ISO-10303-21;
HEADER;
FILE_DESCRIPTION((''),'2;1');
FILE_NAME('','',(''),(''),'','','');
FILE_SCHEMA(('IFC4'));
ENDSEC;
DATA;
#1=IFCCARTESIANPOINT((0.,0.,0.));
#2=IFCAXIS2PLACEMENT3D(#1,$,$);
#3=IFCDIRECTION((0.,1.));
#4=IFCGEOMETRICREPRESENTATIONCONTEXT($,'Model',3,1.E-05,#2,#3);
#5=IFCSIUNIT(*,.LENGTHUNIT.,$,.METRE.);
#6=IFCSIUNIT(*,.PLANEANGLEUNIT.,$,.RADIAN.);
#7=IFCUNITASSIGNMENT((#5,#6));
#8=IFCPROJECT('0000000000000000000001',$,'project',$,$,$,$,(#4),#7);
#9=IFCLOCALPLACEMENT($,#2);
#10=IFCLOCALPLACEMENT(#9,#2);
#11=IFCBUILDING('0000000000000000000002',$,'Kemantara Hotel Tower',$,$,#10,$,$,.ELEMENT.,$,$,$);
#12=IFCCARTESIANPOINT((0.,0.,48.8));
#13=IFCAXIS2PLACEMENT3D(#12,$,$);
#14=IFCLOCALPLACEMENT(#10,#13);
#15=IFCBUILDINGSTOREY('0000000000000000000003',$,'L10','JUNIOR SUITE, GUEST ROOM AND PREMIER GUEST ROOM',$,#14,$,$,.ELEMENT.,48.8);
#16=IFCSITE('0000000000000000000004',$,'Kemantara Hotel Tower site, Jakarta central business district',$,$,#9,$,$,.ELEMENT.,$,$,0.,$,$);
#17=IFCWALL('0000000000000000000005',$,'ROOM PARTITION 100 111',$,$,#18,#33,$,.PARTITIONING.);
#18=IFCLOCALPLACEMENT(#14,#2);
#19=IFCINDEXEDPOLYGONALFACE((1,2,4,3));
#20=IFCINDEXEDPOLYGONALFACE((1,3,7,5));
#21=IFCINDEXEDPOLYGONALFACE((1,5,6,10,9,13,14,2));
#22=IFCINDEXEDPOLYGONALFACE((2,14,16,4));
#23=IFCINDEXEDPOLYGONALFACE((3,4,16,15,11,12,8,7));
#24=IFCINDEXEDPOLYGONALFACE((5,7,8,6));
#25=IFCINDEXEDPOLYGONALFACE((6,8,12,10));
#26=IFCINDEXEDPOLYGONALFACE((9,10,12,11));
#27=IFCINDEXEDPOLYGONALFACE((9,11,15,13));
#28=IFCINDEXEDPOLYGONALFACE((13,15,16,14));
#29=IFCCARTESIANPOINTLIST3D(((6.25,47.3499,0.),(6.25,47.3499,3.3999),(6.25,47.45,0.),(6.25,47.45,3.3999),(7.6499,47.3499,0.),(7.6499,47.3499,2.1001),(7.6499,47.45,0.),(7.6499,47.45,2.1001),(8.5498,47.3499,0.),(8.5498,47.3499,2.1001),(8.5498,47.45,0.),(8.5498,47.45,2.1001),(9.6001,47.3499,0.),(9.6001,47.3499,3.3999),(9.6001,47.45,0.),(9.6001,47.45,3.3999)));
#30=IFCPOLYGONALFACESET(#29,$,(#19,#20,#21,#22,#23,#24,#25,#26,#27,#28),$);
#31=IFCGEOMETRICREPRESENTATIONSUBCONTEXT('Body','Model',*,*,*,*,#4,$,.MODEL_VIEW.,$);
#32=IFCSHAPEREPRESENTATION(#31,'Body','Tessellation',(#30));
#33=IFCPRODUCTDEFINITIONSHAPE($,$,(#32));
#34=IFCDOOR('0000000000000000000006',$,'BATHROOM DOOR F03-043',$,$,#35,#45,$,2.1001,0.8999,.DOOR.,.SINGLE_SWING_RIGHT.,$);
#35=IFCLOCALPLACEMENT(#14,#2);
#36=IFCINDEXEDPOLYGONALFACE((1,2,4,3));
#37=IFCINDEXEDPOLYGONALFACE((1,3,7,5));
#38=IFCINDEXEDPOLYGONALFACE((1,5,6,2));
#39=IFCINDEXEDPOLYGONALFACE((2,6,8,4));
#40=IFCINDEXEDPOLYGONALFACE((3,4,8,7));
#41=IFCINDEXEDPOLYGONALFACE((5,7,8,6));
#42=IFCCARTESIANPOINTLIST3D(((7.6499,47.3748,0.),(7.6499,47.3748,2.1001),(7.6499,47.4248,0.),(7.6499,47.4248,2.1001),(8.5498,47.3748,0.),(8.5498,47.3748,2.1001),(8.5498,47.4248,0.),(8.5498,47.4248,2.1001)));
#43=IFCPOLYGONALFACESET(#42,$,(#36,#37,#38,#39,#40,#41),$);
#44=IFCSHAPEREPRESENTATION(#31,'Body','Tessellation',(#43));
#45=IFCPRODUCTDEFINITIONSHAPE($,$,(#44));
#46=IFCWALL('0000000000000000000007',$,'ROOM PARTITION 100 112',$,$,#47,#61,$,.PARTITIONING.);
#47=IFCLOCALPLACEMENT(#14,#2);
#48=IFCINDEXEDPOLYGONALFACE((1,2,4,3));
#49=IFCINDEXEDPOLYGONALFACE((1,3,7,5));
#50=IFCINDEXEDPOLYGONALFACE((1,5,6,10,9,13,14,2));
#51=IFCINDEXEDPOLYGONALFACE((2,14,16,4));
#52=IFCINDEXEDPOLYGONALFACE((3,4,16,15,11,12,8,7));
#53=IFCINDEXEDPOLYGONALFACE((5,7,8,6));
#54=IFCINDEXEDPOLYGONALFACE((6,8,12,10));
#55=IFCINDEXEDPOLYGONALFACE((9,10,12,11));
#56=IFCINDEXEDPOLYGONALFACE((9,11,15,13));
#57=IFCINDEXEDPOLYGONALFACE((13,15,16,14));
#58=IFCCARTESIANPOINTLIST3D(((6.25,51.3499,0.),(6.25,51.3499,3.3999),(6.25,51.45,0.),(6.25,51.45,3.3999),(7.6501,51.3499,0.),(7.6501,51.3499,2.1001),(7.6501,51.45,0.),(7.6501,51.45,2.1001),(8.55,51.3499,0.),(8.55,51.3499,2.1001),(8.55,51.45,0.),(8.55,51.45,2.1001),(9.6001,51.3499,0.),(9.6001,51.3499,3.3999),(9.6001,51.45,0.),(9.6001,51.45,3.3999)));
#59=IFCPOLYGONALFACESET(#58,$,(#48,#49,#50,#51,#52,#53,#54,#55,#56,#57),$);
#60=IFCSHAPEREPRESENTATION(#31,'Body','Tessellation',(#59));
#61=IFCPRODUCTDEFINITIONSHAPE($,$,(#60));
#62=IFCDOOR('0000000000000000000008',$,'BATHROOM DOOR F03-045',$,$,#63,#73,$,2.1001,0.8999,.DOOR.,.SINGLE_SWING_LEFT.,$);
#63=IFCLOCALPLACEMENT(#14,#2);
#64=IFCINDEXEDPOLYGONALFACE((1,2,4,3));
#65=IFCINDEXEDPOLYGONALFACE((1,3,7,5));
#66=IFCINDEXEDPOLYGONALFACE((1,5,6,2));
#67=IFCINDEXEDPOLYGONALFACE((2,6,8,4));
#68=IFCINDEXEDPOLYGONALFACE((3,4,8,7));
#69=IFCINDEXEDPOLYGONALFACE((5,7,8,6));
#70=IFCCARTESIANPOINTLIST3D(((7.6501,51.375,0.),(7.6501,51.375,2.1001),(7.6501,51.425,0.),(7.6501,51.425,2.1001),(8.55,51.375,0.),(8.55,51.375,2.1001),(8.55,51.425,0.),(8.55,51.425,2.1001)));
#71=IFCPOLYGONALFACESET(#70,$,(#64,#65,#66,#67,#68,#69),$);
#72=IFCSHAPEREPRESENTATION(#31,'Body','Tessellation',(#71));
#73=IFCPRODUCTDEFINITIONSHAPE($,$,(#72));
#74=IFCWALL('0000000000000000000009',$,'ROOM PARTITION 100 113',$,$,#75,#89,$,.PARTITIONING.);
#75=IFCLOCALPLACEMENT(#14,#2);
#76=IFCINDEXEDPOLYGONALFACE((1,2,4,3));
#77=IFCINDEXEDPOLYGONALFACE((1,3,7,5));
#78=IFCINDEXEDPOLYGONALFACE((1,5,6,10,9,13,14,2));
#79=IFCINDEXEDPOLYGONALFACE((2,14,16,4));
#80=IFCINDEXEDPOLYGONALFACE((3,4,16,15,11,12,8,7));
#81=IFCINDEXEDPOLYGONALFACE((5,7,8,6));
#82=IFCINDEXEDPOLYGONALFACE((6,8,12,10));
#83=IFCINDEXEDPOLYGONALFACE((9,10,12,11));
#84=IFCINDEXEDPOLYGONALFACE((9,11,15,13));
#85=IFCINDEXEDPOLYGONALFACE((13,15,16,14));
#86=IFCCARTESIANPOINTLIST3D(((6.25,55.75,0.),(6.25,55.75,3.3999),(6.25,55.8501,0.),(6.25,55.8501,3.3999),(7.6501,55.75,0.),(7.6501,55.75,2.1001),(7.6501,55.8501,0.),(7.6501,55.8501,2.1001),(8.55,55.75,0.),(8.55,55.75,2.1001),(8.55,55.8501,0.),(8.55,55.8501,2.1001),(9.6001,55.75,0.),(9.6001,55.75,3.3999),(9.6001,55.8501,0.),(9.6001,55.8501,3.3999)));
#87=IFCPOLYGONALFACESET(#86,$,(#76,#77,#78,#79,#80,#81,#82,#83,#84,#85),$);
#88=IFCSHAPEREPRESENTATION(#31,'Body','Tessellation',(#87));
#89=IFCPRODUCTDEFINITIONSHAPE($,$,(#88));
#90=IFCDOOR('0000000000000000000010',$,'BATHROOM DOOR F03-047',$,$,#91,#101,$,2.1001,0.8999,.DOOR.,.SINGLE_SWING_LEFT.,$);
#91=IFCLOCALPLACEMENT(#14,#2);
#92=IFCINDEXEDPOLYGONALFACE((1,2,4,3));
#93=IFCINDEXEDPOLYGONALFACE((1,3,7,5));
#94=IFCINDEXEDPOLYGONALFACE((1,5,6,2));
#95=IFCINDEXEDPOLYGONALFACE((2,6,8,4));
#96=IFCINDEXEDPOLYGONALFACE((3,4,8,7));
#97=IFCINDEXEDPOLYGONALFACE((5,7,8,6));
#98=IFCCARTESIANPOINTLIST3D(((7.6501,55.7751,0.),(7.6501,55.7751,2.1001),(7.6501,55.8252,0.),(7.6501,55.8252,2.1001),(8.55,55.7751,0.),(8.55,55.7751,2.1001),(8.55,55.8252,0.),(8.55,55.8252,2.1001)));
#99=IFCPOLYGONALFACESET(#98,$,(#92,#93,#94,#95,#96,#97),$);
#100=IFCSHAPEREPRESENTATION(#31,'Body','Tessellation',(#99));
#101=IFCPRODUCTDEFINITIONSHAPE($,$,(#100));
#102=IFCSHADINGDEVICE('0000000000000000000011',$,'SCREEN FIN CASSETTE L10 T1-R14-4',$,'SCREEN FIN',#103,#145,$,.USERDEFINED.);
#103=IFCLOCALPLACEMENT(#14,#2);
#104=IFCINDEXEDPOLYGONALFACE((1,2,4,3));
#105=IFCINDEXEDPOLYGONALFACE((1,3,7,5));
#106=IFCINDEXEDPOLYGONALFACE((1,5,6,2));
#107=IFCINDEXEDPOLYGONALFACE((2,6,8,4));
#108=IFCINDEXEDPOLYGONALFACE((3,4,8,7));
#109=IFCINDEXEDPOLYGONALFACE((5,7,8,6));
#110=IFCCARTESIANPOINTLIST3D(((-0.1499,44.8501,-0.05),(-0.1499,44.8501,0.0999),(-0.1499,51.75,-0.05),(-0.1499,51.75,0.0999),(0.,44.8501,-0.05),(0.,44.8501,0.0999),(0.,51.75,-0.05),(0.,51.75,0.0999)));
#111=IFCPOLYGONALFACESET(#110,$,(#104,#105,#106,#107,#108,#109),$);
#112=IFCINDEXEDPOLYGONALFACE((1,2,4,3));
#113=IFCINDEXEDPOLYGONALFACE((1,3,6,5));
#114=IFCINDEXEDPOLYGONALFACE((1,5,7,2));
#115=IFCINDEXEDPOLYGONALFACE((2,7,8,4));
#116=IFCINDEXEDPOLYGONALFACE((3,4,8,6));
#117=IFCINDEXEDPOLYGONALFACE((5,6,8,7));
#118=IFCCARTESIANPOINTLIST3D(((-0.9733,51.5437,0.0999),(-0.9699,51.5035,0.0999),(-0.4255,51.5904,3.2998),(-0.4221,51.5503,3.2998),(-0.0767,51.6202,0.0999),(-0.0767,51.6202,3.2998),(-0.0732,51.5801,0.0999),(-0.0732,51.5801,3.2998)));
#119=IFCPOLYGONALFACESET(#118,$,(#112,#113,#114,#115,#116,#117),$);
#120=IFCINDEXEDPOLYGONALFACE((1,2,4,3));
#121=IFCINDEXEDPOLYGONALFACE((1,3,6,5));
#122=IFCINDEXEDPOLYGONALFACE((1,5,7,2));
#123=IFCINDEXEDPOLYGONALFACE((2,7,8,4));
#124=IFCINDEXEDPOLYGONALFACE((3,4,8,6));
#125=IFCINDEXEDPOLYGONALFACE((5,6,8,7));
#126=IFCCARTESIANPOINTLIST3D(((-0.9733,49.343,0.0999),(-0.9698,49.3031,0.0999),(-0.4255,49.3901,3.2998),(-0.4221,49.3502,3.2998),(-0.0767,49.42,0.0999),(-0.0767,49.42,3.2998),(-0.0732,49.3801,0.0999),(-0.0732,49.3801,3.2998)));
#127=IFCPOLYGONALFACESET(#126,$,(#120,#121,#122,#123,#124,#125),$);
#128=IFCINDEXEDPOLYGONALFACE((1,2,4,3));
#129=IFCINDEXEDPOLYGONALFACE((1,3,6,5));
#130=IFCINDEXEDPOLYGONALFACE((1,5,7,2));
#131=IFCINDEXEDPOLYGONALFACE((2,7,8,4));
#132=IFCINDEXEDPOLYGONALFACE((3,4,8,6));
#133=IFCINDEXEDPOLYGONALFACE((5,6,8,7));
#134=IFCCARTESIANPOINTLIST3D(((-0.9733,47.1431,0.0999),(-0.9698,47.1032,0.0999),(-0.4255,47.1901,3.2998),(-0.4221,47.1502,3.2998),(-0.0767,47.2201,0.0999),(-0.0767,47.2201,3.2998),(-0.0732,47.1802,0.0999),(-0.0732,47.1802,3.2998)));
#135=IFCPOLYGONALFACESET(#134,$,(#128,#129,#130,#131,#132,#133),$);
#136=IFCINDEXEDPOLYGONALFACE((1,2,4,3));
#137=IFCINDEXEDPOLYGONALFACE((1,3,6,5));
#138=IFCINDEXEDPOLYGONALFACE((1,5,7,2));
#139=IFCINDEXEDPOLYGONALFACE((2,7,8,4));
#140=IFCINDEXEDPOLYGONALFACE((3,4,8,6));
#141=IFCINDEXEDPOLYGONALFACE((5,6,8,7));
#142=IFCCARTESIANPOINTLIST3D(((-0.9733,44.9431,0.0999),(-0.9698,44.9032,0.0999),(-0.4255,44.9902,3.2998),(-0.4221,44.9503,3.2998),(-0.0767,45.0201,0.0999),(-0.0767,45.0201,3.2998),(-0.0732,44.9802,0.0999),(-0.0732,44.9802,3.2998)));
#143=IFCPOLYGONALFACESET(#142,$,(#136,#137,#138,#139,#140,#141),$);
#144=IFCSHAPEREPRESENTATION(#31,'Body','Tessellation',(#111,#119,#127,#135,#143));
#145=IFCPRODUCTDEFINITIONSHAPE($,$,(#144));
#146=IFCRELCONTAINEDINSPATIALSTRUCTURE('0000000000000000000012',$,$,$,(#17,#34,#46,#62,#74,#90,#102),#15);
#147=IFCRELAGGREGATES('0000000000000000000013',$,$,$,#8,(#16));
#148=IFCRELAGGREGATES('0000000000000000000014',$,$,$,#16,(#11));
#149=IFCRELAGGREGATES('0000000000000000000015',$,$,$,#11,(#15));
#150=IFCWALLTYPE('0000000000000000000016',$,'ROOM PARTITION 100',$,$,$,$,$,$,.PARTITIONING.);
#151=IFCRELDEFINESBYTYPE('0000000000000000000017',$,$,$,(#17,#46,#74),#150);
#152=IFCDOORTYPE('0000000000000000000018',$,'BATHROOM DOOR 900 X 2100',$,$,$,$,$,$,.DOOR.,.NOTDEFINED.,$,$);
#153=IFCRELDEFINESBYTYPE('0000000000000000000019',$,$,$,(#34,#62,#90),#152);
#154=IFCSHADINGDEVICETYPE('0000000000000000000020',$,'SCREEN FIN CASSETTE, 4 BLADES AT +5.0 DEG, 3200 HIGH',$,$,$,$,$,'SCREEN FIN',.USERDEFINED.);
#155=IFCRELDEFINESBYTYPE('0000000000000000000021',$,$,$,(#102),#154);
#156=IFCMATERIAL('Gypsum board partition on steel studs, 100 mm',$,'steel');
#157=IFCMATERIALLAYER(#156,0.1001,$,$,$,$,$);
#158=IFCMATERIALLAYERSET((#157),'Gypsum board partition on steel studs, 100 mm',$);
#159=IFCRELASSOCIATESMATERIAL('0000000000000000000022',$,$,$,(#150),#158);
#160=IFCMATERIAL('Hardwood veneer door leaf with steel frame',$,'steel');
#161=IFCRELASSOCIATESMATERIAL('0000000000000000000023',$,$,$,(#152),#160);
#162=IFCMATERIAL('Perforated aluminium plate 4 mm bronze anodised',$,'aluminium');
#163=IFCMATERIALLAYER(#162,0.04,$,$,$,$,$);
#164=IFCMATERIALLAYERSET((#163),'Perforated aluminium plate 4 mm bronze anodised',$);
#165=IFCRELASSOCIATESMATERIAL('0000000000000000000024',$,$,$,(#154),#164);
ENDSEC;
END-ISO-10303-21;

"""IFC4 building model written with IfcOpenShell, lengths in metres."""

from ifc_helpers import new_model, si_unit, direction, frame, frame_2d, origin, origin_2d, place, context, subcontext, project, spatial, polyline, rectangle, outline, extrude, source, transform, mapped, material, layer, layer_set, type_object, element, fill, save


model = new_model("IFC4")

# Units and contexts
model_context = context("Model", 3, precision=1e-05, world=origin(), true_north=direction((0.0, 1.0)))
body_context = subcontext(model_context, "Body", "Model", "MODEL_VIEW")
ifc_project = project(units=[si_unit("LENGTHUNIT", "METRE"), si_unit("PLANEANGLEUNIT", "RADIAN")], contexts=[model_context])

# Site, building, storey
site_placement = place(None, origin())
site = spatial("IfcSite", under=ifc_project, at=site_placement, Name="Kemantara Hotel Tower site, Jakarta central business district", CompositionType="ELEMENT", RefElevation=0.0)
building_placement = place(site_placement, origin())
building = spatial("IfcBuilding", under=site, at=building_placement, Name="Kemantara Hotel Tower", CompositionType="ELEMENT")
storey_placement = place(building_placement, frame((0.0, 0.0, 48.8)))
storey = spatial("IfcBuildingStorey", under=building, at=storey_placement, Name="L10", Description="JUNIOR SUITE, GUEST ROOM AND PREMIER GUEST ROOM", CompositionType="ELEMENT", Elevation=48.8)

# Shared definitions
ifc_material_1 = material(Name="Hardwood veneer door leaf with steel frame", Category="steel")

# Shared definitions
ifc_material_2 = material(Name="Gypsum board partition on steel studs, 100 mm", Category="steel")
ifc_layer_1 = layer(ifc_material_2, 0.1001)
ifc_layer_set_1 = layer_set([ifc_layer_1], Name="Gypsum board partition on steel studs, 100 mm")
wall_type_1 = type_object("IfcWallType", Name="ROOM PARTITION 100", PredefinedType="PARTITIONING", material=ifc_layer_set_1)

# Walls, openings, doors
wall_1_placement = place(storey_placement, frame((6.25, 47.3999, 0.0), z_axis=(0.0, 0.0, 1.0), x_axis=(1.0, 0.0, 0.0)))
wall_1 = element("IfcWall", 1, at=wall_1_placement, inside=storey, type_object=wall_type_1, Name="ROOM PARTITION 100 111", PredefinedType="PARTITIONING", context=body_context, shape_type="SweptSolid", body=[
    extrude(rectangle(XDim=3.3501, YDim=0.1001, at=frame_2d((1.675, 0.0))), origin(), (0.0, 0.0, 1.0), 3.3999),
])
opening_1_placement = place(wall_1_placement, frame((1.3999, 0.0, 0.0)))
opening_1 = element("IfcOpeningElement", 2, at=opening_1_placement, cuts=wall_1, PredefinedType="OPENING", context=body_context, shape_type="SweptSolid", body=[
    extrude(rectangle(XDim=0.8999, YDim=2.1001, at=frame_2d((0.45, 1.05))), frame((0.0, 0.0601, 0.0), z_axis=(0.0, -1.0, 0.0), x_axis=(1.0, 0.0, 0.0)), (0.0, 0.0, 1.0), 0.1201),
])
door_type_1 = type_object("IfcDoorType", Name="BATHROOM DOOR 900 X 2100", OperationType="NOTDEFINED", PredefinedType="DOOR", material=ifc_material_1)
door_1_placement = place(opening_1_placement, origin())
door_1 = element("IfcDoor", 3, at=door_1_placement, inside=storey, type_object=door_type_1, Name="BATHROOM DOOR F03-043", OperationType="SINGLE_SWING_RIGHT", OverallHeight=2.1001, OverallWidth=0.8999, PredefinedType="DOOR", context=body_context, shape_type="SweptSolid", body=[
    extrude(rectangle(XDim=0.8999, YDim=2.1001, at=frame_2d((0.45, 1.05))), frame((0.0, 0.0249, 0.0), z_axis=(0.0, -1.0, 0.0), x_axis=(1.0, 0.0, 0.0)), (0.0, 0.0, 1.0), 0.05),
])
fill(opening_1, door_1)
wall_2_placement = place(storey_placement, frame((9.6001, 51.3999, 0.0), z_axis=(0.0, 0.0, 1.0), x_axis=(-1.0, 0.0, 0.0)))
wall_2 = element("IfcWall", 4, at=wall_2_placement, inside=storey, type_object=wall_type_1, Name="ROOM PARTITION 100 112", PredefinedType="PARTITIONING", context=body_context, shape_type="SweptSolid", body=[
    extrude(rectangle(XDim=3.3501, YDim=0.1001, at=frame_2d((1.675, 0.0))), origin(), (0.0, 0.0, 1.0), 3.3999),
])
opening_2_placement = place(wall_2_placement, frame((1.05, 0.0, 0.0)))
opening_2 = element("IfcOpeningElement", 5, at=opening_2_placement, cuts=wall_2, PredefinedType="OPENING", context=body_context, shape_type="SweptSolid", body=[
    extrude(rectangle(XDim=0.8999, YDim=2.1001, at=frame_2d((0.45, 1.05))), frame((0.0, 0.0601, 0.0), z_axis=(0.0, -1.0, 0.0), x_axis=(1.0, 0.0, 0.0)), (0.0, 0.0, 1.0), 0.1201),
])
door_2_placement = place(opening_2_placement, origin())
door_2 = element("IfcDoor", 6, at=door_2_placement, inside=storey, type_object=door_type_1, Name="BATHROOM DOOR F03-045", OperationType="SINGLE_SWING_LEFT", OverallHeight=2.1001, OverallWidth=0.8999, PredefinedType="DOOR", context=body_context, shape_type="SweptSolid", body=[
    extrude(rectangle(XDim=0.8999, YDim=2.1001, at=frame_2d((0.45, 1.05))), frame((0.0, 0.0249, 0.0), z_axis=(0.0, -1.0, 0.0), x_axis=(1.0, 0.0, 0.0)), (0.0, 0.0, 1.0), 0.05),
])
fill(opening_2, door_2)
wall_3_placement = place(storey_placement, frame((9.6001, 55.8, 0.0), z_axis=(0.0, 0.0, 1.0), x_axis=(-1.0, 0.0, 0.0)))
wall_3 = element("IfcWall", 7, at=wall_3_placement, inside=storey, type_object=wall_type_1, Name="ROOM PARTITION 100 113", PredefinedType="PARTITIONING", context=body_context, shape_type="SweptSolid", body=[
    extrude(rectangle(XDim=3.3501, YDim=0.1001, at=frame_2d((1.675, 0.0))), origin(), (0.0, 0.0, 1.0), 3.3999),
])
opening_3_placement = place(wall_3_placement, frame((1.05, 0.0, 0.0)))
opening_3 = element("IfcOpeningElement", 8, at=opening_3_placement, cuts=wall_3, PredefinedType="OPENING", context=body_context, shape_type="SweptSolid", body=[
    extrude(rectangle(XDim=0.8999, YDim=2.1001, at=frame_2d((0.45, 1.05))), frame((0.0, 0.0601, 0.0), z_axis=(0.0, -1.0, 0.0), x_axis=(1.0, 0.0, 0.0)), (0.0, 0.0, 1.0), 0.1201),
])
door_3_placement = place(opening_3_placement, origin())
door_3 = element("IfcDoor", 9, at=door_3_placement, inside=storey, type_object=door_type_1, Name="BATHROOM DOOR F03-047", OperationType="SINGLE_SWING_LEFT", OverallHeight=2.1001, OverallWidth=0.8999, PredefinedType="DOOR", context=body_context, shape_type="SweptSolid", body=[
    extrude(rectangle(XDim=0.8999, YDim=2.1001, at=frame_2d((0.45, 1.05))), frame((0.0, 0.0249, 0.0), z_axis=(0.0, -1.0, 0.0), x_axis=(1.0, 0.0, 0.0)), (0.0, 0.0, 1.0), 0.05),
])
fill(opening_3, door_3)

# Shading device
ifc_material_3 = material(Name="Perforated aluminium plate 4 mm bronze anodised", Category="aluminium")
ifc_layer_2 = layer(ifc_material_3, 0.04)
ifc_layer_set_2 = layer_set([ifc_layer_2], Name="Perforated aluminium plate 4 mm bronze anodised")
shading_device_type = type_object("IfcShadingDeviceType", Name="SCREEN FIN CASSETTE, 4 BLADES AT +5.0 DEG, 3200 HIGH", ElementType="SCREEN FIN", PredefinedType="USERDEFINED", material=ifc_layer_set_2)
shared_shape = source(origin(), body_context, "Body", "SweptSolid", [
    extrude(rectangle(XDim=6.8999, YDim=0.1499, at=origin_2d()), frame((3.3, -0.075, -0.1499), z_axis=(0.0, 0.0, 1.0), x_axis=(1.0, 0.0, 0.0)), (0.0, 0.0, 1.0), 0.1499),
    extrude(outline(polyline([(0.0, 0.0), (0.8999, 0.0), (0.3501, 3.2), (0.0, 3.2), (0.0, 0.0)])), frame((0.02, -0.0732, 0.0), z_axis=(-0.996376, -0.085056, 0.0), x_axis=(0.085056, -0.996376, 0.0)), (0.0, 0.0, 1.0), 0.0403),
    extrude(outline(polyline([(0.0, 0.0), (0.8999, 0.0), (0.3501, 3.2), (0.0, 3.2), (0.0, 0.0)])), frame((2.22, -0.0732, 0.0), z_axis=(-0.996332, -0.085575, 0.0), x_axis=(0.085575, -0.996332, 0.0)), (0.0, 0.0, 1.0), 0.04),
    extrude(outline(polyline([(0.0, 0.0), (0.8999, 0.0), (0.3501, 3.2), (0.0, 3.2), (0.0, 0.0)])), frame((4.4199, -0.0732, 0.0), z_axis=(-0.996332, -0.085575, 0.0), x_axis=(0.085575, -0.996332, 0.0)), (0.0, 0.0, 1.0), 0.04),
    extrude(outline(polyline([(0.0, 0.0), (0.8999, 0.0), (0.3501, 3.2), (0.0, 3.2), (0.0, 0.0)])), frame((6.6199, -0.0732, 0.0), z_axis=(-0.996332, -0.085575, 0.0), x_axis=(0.085575, -0.996332, 0.0)), (0.0, 0.0, 1.0), 0.04),
])
shading_device_placement = place(storey_placement, frame((0.0, 51.6001, 0.0999), z_axis=(0.0, 0.0, 1.0), x_axis=(0.0, -1.0, 0.0)))
element("IfcShadingDevice", 10, at=shading_device_placement, inside=storey, type_object=shading_device_type, Name="SCREEN FIN CASSETTE L10 T1-R14-4", ObjectType="SCREEN FIN", PredefinedType="USERDEFINED", context=body_context, shape_type="MappedRepresentation", body=[
    mapped(shared_shape, transform((0.0, 0.0, 0.0))),
])

save(model, "model.ifc")
